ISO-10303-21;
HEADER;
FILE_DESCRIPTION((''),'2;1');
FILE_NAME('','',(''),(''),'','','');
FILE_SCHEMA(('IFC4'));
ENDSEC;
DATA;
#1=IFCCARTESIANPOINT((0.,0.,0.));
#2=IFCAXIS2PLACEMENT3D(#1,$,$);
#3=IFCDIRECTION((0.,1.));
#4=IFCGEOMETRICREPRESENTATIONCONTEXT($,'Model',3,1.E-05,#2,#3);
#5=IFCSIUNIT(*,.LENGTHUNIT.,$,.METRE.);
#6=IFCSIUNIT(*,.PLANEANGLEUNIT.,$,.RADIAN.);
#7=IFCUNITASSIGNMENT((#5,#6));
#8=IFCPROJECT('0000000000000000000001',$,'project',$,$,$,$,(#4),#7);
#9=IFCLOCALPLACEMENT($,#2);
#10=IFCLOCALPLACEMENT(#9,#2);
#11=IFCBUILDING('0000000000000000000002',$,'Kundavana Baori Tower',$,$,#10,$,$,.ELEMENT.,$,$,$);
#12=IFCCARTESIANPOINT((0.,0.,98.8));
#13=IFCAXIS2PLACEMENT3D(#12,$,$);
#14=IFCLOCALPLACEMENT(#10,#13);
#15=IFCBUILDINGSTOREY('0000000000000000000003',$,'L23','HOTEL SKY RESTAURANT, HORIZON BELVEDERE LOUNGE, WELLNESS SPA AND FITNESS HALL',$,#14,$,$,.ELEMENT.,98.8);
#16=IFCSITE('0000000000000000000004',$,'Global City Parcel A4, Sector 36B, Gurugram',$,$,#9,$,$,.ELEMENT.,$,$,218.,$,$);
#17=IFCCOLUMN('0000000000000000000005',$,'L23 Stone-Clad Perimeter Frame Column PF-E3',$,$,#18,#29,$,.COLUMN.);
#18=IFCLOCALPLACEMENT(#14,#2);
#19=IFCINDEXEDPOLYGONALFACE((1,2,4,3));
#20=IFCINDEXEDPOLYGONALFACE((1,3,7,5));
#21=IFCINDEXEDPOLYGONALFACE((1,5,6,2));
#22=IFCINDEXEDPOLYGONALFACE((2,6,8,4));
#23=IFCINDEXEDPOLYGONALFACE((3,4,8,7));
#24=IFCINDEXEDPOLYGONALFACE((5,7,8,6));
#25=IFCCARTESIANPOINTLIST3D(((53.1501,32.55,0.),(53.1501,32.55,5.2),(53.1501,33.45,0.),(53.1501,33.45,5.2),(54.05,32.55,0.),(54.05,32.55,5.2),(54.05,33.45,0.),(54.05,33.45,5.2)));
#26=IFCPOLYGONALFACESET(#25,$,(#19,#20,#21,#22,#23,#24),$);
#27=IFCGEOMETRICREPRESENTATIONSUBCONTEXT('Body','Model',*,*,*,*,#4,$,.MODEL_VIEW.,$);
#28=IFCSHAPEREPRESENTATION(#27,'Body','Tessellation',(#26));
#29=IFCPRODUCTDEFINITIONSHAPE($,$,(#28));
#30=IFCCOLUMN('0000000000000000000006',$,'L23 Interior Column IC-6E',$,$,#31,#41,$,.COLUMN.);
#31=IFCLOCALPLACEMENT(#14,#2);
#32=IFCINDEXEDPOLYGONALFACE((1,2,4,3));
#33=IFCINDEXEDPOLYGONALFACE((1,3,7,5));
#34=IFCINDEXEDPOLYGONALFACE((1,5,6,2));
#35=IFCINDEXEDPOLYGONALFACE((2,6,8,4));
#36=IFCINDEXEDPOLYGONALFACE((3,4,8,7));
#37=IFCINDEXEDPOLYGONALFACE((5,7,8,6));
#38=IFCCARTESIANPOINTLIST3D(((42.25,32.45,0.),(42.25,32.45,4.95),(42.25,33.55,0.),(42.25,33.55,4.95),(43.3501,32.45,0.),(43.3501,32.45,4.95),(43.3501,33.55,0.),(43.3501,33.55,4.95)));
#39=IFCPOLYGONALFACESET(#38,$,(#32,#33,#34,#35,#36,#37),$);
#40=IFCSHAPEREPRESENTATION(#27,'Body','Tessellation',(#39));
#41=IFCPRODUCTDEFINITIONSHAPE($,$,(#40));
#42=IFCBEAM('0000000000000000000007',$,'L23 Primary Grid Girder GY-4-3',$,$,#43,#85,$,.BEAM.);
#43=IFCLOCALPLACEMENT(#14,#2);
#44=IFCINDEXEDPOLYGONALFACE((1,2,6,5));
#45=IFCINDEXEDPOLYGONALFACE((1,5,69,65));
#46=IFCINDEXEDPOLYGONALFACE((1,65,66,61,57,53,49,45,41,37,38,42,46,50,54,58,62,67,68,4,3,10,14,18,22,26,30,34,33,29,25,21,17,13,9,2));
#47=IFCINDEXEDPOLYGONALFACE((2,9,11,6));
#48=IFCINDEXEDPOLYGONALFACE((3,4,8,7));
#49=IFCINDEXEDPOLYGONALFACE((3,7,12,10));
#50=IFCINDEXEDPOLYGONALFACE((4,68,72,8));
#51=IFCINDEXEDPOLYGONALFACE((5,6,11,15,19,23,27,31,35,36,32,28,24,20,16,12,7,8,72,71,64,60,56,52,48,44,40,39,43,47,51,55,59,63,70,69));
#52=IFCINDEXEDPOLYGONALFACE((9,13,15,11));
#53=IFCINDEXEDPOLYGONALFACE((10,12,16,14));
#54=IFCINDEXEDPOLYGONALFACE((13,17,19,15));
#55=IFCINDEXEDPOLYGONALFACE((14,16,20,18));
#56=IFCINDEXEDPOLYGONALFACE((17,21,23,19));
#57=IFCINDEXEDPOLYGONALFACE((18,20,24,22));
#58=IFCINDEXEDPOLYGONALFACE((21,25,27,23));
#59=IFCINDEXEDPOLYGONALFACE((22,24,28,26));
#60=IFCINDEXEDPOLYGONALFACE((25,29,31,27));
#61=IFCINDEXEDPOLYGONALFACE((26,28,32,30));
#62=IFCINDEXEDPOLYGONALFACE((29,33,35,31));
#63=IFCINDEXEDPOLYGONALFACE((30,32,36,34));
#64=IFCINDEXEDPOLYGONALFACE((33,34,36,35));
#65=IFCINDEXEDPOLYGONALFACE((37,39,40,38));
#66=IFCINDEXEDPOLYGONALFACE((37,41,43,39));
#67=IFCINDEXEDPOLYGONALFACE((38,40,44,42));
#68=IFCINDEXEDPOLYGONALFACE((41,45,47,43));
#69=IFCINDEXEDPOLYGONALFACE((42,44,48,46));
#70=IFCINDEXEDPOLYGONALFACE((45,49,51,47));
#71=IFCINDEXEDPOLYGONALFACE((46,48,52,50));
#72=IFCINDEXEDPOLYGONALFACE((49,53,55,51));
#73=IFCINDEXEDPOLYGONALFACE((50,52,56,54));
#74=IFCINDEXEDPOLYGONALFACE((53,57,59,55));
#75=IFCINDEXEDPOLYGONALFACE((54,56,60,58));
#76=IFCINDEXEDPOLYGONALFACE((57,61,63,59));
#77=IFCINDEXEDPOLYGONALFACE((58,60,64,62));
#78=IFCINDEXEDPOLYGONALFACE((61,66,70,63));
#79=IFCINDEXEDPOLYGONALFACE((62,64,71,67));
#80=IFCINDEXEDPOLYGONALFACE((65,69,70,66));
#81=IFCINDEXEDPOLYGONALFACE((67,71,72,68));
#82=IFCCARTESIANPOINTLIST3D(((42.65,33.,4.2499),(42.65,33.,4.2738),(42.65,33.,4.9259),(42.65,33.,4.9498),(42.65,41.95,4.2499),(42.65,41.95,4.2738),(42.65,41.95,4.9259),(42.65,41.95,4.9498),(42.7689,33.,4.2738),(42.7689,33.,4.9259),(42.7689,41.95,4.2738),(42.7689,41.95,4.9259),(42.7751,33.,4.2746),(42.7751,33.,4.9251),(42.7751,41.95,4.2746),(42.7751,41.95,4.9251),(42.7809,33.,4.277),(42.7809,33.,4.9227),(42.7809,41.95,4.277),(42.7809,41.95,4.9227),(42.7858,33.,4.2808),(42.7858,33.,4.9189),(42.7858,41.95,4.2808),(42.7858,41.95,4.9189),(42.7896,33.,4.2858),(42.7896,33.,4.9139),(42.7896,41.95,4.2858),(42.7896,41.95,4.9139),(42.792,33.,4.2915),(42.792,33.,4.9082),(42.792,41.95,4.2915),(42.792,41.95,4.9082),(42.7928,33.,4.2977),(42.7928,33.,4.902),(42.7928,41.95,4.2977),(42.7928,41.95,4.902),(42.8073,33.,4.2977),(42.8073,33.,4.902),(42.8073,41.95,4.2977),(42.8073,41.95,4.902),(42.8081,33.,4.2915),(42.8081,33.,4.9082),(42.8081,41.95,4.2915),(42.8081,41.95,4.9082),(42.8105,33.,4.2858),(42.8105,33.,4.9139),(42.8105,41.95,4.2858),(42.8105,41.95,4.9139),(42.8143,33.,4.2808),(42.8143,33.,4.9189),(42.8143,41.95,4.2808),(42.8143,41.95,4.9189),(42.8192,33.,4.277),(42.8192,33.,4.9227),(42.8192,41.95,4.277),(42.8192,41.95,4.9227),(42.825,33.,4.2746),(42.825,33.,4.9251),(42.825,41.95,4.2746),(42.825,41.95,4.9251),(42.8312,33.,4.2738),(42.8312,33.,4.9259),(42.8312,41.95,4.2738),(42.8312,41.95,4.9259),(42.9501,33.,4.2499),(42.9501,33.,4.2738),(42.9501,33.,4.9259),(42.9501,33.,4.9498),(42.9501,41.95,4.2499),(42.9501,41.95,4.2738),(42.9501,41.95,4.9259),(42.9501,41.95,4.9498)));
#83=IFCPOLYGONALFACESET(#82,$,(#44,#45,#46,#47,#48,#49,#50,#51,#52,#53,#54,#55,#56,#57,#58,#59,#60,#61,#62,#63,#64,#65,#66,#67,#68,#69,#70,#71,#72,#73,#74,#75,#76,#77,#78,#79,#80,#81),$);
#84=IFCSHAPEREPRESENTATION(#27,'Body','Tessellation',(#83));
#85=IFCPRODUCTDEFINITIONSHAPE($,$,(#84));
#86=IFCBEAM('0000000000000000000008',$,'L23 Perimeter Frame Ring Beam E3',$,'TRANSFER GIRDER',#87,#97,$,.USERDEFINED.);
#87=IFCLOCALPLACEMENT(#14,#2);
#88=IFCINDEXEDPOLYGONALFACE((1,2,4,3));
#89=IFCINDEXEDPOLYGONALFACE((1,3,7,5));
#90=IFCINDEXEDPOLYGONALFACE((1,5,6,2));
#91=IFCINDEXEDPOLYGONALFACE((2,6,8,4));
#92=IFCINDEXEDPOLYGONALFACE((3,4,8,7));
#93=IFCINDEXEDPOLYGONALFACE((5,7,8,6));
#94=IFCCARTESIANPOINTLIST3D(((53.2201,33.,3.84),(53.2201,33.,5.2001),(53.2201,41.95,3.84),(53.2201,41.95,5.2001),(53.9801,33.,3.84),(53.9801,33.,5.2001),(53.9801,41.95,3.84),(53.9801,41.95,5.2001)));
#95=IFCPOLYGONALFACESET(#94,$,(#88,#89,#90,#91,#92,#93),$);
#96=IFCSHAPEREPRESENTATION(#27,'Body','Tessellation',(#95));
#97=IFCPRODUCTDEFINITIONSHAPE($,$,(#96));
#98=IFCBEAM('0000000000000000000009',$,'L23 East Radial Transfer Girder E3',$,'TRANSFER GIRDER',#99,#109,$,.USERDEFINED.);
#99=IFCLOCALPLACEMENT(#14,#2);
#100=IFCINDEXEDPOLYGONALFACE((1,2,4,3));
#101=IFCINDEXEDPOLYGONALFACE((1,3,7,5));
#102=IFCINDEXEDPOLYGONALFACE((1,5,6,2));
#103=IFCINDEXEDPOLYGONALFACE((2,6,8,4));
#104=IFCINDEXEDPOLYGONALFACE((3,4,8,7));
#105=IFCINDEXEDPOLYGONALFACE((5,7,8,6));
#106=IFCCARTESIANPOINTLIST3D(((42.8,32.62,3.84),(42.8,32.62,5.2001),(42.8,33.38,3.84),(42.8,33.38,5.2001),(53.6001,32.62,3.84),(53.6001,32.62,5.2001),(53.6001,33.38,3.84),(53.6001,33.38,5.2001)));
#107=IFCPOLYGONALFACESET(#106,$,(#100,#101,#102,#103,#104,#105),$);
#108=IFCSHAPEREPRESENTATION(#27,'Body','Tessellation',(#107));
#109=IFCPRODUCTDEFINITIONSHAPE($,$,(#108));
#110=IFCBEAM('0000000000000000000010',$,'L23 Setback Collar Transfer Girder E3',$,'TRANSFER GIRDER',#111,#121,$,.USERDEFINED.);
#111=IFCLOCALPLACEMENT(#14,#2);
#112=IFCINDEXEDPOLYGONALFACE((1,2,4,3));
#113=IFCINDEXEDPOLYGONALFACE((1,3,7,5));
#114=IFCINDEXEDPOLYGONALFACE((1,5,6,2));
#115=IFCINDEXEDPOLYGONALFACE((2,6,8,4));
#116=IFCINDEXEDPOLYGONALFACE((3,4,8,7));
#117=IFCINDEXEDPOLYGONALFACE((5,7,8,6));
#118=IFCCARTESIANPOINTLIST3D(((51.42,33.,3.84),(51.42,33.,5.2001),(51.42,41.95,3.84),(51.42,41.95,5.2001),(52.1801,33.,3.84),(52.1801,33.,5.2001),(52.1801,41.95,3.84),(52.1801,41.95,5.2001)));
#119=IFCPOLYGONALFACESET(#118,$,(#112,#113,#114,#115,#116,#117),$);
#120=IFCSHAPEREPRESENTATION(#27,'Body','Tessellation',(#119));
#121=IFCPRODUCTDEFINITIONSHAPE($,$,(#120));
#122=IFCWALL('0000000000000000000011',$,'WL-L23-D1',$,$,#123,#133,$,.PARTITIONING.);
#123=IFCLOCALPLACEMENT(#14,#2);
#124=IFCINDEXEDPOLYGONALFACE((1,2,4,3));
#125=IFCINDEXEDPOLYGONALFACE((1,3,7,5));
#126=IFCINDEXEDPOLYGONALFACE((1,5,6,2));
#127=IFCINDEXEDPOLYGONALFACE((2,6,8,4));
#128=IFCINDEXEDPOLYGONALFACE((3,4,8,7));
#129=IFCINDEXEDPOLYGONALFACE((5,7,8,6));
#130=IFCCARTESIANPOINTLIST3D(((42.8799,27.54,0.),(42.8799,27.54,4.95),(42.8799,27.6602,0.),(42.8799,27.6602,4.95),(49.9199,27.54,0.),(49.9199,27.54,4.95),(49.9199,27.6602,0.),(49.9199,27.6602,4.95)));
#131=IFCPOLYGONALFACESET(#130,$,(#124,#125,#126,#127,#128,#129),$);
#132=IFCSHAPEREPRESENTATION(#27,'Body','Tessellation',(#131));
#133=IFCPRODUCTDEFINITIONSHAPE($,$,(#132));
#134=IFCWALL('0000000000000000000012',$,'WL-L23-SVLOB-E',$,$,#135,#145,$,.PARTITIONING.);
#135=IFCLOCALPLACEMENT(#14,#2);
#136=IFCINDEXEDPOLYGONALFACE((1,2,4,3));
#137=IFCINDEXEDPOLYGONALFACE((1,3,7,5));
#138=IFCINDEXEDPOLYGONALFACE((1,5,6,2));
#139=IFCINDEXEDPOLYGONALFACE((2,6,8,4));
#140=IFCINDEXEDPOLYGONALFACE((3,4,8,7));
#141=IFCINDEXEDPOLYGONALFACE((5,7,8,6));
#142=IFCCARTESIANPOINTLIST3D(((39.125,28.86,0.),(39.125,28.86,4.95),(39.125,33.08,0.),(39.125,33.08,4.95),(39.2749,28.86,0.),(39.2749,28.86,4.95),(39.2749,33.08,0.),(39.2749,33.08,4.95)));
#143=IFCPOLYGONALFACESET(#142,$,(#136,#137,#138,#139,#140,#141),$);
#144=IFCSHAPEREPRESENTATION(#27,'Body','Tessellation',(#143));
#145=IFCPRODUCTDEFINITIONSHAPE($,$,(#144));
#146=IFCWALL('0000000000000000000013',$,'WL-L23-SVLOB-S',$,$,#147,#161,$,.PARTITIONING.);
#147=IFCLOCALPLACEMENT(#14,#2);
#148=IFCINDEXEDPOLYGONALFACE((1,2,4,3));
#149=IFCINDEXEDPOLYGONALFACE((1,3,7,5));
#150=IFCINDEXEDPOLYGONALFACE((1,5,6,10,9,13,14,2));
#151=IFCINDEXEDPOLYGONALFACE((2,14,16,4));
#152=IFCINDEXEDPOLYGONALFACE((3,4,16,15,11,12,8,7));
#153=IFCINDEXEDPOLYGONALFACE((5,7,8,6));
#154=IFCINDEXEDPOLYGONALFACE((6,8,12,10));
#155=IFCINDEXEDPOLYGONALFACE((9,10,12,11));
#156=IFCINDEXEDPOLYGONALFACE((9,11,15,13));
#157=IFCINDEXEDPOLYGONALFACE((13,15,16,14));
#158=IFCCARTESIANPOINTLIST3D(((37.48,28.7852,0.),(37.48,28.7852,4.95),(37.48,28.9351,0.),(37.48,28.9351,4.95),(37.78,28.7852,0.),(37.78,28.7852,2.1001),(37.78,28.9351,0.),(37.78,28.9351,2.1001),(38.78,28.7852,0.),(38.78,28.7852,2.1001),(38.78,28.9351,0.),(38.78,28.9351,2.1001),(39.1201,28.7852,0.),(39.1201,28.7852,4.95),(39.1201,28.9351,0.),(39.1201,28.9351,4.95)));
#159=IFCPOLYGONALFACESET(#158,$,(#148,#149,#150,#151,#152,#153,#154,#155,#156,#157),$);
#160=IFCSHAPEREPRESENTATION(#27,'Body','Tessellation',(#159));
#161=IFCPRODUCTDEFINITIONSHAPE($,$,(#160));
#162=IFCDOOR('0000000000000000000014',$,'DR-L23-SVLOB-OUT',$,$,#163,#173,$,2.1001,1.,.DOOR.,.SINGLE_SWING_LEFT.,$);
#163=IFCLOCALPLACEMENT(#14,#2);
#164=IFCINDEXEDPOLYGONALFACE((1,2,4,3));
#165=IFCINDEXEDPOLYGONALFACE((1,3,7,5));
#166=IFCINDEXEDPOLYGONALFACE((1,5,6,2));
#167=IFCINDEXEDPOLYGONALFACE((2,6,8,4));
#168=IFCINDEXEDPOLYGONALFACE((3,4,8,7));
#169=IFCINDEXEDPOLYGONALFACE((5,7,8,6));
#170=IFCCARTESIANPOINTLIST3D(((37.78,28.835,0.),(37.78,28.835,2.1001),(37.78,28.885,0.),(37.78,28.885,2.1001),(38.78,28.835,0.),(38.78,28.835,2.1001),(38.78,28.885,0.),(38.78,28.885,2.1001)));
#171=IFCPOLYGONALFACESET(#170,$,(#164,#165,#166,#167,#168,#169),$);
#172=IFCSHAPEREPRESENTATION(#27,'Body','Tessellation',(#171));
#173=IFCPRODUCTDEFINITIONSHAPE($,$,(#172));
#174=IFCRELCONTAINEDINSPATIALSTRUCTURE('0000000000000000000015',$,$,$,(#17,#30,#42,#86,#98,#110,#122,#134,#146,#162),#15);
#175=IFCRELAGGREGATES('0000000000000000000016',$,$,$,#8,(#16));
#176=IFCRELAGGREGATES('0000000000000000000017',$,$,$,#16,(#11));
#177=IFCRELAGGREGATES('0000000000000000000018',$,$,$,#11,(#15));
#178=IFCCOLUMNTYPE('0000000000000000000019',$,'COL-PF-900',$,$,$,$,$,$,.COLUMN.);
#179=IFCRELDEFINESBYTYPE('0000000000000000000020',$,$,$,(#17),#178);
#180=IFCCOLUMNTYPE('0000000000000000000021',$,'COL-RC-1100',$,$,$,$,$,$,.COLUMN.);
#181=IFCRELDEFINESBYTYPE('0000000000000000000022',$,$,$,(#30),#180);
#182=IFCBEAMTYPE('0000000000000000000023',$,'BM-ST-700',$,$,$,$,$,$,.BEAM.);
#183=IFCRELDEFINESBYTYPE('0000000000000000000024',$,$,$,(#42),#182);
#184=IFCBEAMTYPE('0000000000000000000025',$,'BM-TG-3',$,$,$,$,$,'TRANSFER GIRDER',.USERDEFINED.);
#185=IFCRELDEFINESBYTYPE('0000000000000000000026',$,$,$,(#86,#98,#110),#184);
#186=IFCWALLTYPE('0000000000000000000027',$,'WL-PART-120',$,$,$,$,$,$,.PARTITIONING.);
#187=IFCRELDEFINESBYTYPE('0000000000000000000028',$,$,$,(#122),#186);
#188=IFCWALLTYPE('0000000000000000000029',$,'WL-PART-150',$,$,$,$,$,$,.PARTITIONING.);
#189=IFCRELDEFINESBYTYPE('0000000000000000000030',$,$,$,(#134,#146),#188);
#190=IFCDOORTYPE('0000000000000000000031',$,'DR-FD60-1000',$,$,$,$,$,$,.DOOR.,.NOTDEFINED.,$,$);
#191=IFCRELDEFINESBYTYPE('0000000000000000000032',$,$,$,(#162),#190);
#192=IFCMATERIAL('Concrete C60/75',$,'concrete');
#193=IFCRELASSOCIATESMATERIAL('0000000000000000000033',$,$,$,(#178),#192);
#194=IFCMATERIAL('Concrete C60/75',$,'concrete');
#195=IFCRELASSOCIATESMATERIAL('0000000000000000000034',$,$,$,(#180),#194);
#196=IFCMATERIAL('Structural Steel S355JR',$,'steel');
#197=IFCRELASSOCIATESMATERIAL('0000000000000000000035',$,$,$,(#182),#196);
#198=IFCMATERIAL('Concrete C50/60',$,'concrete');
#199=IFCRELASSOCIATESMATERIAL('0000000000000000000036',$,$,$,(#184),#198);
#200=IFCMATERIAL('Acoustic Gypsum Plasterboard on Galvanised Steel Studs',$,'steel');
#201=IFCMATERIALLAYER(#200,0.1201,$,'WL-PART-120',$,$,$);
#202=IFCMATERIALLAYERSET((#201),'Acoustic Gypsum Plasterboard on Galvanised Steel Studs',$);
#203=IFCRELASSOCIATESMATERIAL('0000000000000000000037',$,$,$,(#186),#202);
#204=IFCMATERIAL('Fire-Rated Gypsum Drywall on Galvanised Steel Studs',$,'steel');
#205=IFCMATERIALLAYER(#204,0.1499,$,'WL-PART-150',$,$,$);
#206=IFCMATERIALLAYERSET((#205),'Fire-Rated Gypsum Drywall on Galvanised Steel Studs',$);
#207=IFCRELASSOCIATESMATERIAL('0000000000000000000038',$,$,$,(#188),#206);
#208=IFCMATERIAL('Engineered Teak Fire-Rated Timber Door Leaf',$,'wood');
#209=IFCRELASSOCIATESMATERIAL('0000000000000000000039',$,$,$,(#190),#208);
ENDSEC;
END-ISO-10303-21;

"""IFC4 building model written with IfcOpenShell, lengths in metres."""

from ifc_helpers import new_model, si_unit, direction, frame, frame_2d, origin, origin_2d, place, context, subcontext, project, spatial, rectangle, i_section, extrude, material, layer, layer_set, material_profile, profile_set, type_object, element, fill, save


model = new_model("IFC4")

# Units and contexts
model_context = context("Model", 3, precision=1e-05, world=origin(), true_north=direction((0.0, 1.0)))
body_context = subcontext(model_context, "Body", "Model", "MODEL_VIEW")
ifc_project = project(units=[si_unit("LENGTHUNIT", "METRE"), si_unit("PLANEANGLEUNIT", "RADIAN")], contexts=[model_context])

# Site, building, storey
site_placement = place(None, origin())
site = spatial("IfcSite", under=ifc_project, at=site_placement, Name="Global City Parcel A4, Sector 36B, Gurugram", CompositionType="ELEMENT", RefElevation=218.0)
building_placement = place(site_placement, origin())
building = spatial("IfcBuilding", under=site, at=building_placement, Name="Kundavana Baori Tower", CompositionType="ELEMENT")
storey_placement = place(building_placement, frame((0.0, 0.0, 98.8)))
storey = spatial("IfcBuildingStorey", under=building, at=storey_placement, Name="L23", Description="HOTEL SKY RESTAURANT, HORIZON BELVEDERE LOUNGE, WELLNESS SPA AND FITNESS HALL", CompositionType="ELEMENT", Elevation=98.8)

# Columns
ifc_material_1 = material(Name="Concrete C60/75", Category="concrete")
ifc_material_profile_1 = material_profile(ifc_material_1, rectangle(XDim=0.8999, YDim=0.8999, at=origin_2d()), Name="RC PF 900x900")
ifc_profile_set_1 = profile_set([ifc_material_profile_1], Name="Concrete C60/75")
column_type_1 = type_object("IfcColumnType", Name="COL-PF-900", PredefinedType="COLUMN", material=ifc_profile_set_1)
column_1_placement = place(storey_placement, frame((53.6001, 33.0, 0.0), z_axis=(0.0, 0.0, 1.0), x_axis=(1.0, 0.0, 0.0)))
element("IfcColumn", 1, at=column_1_placement, inside=storey, type_object=column_type_1, Name="L23 Stone-Clad Perimeter Frame Column PF-E3", PredefinedType="COLUMN", context=body_context, shape_type="SweptSolid", body=[
    extrude(rectangle(XDim=0.8999, YDim=0.8999, at=origin_2d()), origin(), (0.0, 0.0, 1.0), 5.2),
])
ifc_material_2 = material(Name="Concrete C60/75", Category="concrete")
ifc_material_profile_2 = material_profile(ifc_material_2, rectangle(XDim=1.1001, YDim=1.1001, at=origin_2d()), Name="RC 1100x1100")
ifc_profile_set_2 = profile_set([ifc_material_profile_2], Name="Concrete C60/75")
column_type_2 = type_object("IfcColumnType", Name="COL-RC-1100", PredefinedType="COLUMN", material=ifc_profile_set_2)
column_2_placement = place(storey_placement, frame((42.8, 33.0, 0.0), z_axis=(0.0, 0.0, 1.0), x_axis=(1.0, 0.0, 0.0)))
element("IfcColumn", 2, at=column_2_placement, inside=storey, type_object=column_type_2, Name="L23 Interior Column IC-6E", PredefinedType="COLUMN", context=body_context, shape_type="SweptSolid", body=[
    extrude(rectangle(XDim=1.1001, YDim=1.1001, at=origin_2d()), origin(), (0.0, 0.0, 1.0), 4.95),
])

# Beams
ifc_material_3 = material(Name="Structural Steel S355JR", Category="steel")
ifc_material_profile_3 = material_profile(ifc_material_3, i_section(OverallWidth=0.3, OverallDepth=0.7, WebThickness=0.0144, FlangeThickness=0.0239, FilletRadius=0.0239, at=origin_2d()), Name="NPB 700x300x170")
ifc_profile_set_3 = profile_set([ifc_material_profile_3], Name="Structural Steel S355JR")
beam_type_1 = type_object("IfcBeamType", Name="BM-ST-700", PredefinedType="BEAM", material=ifc_profile_set_3)
beam_1_placement = place(storey_placement, frame((42.8, 33.0, 4.5999), z_axis=(0.0, 1.0, 0.0), x_axis=(-1.0, 0.0, 0.0)))
element("IfcBeam", 3, at=beam_1_placement, inside=storey, type_object=beam_type_1, Name="L23 Primary Grid Girder GY-4-3", PredefinedType="BEAM", context=body_context, shape_type="SweptSolid", body=[
    extrude(i_section(OverallWidth=0.3, OverallDepth=0.7, WebThickness=0.0144, FlangeThickness=0.0239, FilletRadius=0.0239, at=origin_2d()), origin(), (0.0, 0.0, 1.0), 8.95),
])
ifc_material_4 = material(Name="Concrete C50/60", Category="concrete")
ifc_material_profile_4 = material_profile(ifc_material_4, rectangle(XDim=0.76, YDim=1.3601, at=origin_2d()), Name="BM-TG-3")
ifc_profile_set_4 = profile_set([ifc_material_profile_4], Name="Concrete C50/60")
beam_type_2 = type_object("IfcBeamType", Name="BM-TG-3", ElementType="TRANSFER GIRDER", PredefinedType="USERDEFINED", material=ifc_profile_set_4)
beam_2_placement = place(storey_placement, frame((53.6001, 33.0, 4.52), z_axis=(0.0, 1.0, 0.0), x_axis=(-1.0, 0.0, 0.0)))
element("IfcBeam", 4, at=beam_2_placement, inside=storey, type_object=beam_type_2, Name="L23 Perimeter Frame Ring Beam E3", ObjectType="TRANSFER GIRDER", PredefinedType="USERDEFINED", context=body_context, shape_type="SweptSolid", body=[
    extrude(rectangle(XDim=0.76, YDim=1.3601, at=origin_2d()), origin(), (0.0, 0.0, 1.0), 8.95),
])
beam_3_placement = place(storey_placement, frame((42.8, 33.0, 4.52), z_axis=(1.0, 0.0, 0.0), x_axis=(0.0, 1.0, 0.0)))
element("IfcBeam", 5, at=beam_3_placement, inside=storey, type_object=beam_type_2, Name="L23 East Radial Transfer Girder E3", ObjectType="TRANSFER GIRDER", PredefinedType="USERDEFINED", context=body_context, shape_type="SweptSolid", body=[
    extrude(rectangle(XDim=0.76, YDim=1.3601, at=origin_2d()), origin(), (0.0, 0.0, 1.0), 10.8),
])
beam_4_placement = place(storey_placement, frame((51.8, 33.0, 4.52), z_axis=(0.0, 1.0, 0.0), x_axis=(-1.0, 0.0, 0.0)))
element("IfcBeam", 6, at=beam_4_placement, inside=storey, type_object=beam_type_2, Name="L23 Setback Collar Transfer Girder E3", ObjectType="TRANSFER GIRDER", PredefinedType="USERDEFINED", context=body_context, shape_type="SweptSolid", body=[
    extrude(rectangle(XDim=0.76, YDim=1.3601, at=origin_2d()), origin(), (0.0, 0.0, 1.0), 8.95),
])

# Walls
ifc_material_5 = material(Name="Acoustic Gypsum Plasterboard on Galvanised Steel Studs", Category="steel")
ifc_layer_1 = layer(ifc_material_5, 0.1201, Name="WL-PART-120")
ifc_layer_set_1 = layer_set([ifc_layer_1], Name="Acoustic Gypsum Plasterboard on Galvanised Steel Studs")
wall_type_1 = type_object("IfcWallType", Name="WL-PART-120", PredefinedType="PARTITIONING", material=ifc_layer_set_1)
wall_1_placement = place(storey_placement, frame((42.8799, 27.6001, 0.0), z_axis=(0.0, 0.0, 1.0), x_axis=(1.0, 0.0, 0.0)))
element("IfcWall", 7, at=wall_1_placement, inside=storey, type_object=wall_type_1, Name="WL-L23-D1", PredefinedType="PARTITIONING", context=body_context, shape_type="SweptSolid", body=[
    extrude(rectangle(XDim=7.04, YDim=0.1201, at=frame_2d((3.52, 0.0))), origin(), (0.0, 0.0, 1.0), 4.95),
])
ifc_material_6 = material(Name="Fire-Rated Gypsum Drywall on Galvanised Steel Studs", Category="steel")
ifc_layer_2 = layer(ifc_material_6, 0.1499, Name="WL-PART-150")
ifc_layer_set_2 = layer_set([ifc_layer_2], Name="Fire-Rated Gypsum Drywall on Galvanised Steel Studs")
wall_type_2 = type_object("IfcWallType", Name="WL-PART-150", PredefinedType="PARTITIONING", material=ifc_layer_set_2)
wall_2_placement = place(storey_placement, frame((39.2, 28.8601, 0.0), z_axis=(0.0, 0.0, 1.0), x_axis=(0.0, 1.0, 0.0)))
element("IfcWall", 8, at=wall_2_placement, inside=storey, type_object=wall_type_2, Name="WL-L23-SVLOB-E", PredefinedType="PARTITIONING", context=body_context, shape_type="SweptSolid", body=[
    extrude(rectangle(XDim=4.22, YDim=0.1499, at=frame_2d((2.1099, 0.0))), origin(), (0.0, 0.0, 1.0), 4.95),
])

# Wall, opening, door
wall_3_placement = place(storey_placement, frame((37.48, 28.8601, 0.0), z_axis=(0.0, 0.0, 1.0), x_axis=(1.0, 0.0, 0.0)))
wall_3 = element("IfcWall", 9, at=wall_3_placement, inside=storey, type_object=wall_type_2, Name="WL-L23-SVLOB-S", PredefinedType="PARTITIONING", context=body_context, shape_type="SweptSolid", body=[
    extrude(rectangle(XDim=1.6401, YDim=0.1499, at=frame_2d((0.8201, 0.0))), origin(), (0.0, 0.0, 1.0), 4.95),
])
opening_1_placement = place(wall_3_placement, frame((0.3, 0.0, 0.0)))
opening_1 = element("IfcOpeningElement", 10, at=opening_1_placement, cuts=wall_3, PredefinedType="OPENING", context=body_context, shape_type="SweptSolid", body=[
    extrude(rectangle(XDim=1.0, YDim=2.1001, at=frame_2d((0.5, 1.05))), frame((0.0, 0.085, 0.0), z_axis=(0.0, -1.0, 0.0), x_axis=(1.0, 0.0, 0.0)), (0.0, 0.0, 1.0), 0.1699),
])
ifc_material_7 = material(Name="Engineered Teak Fire-Rated Timber Door Leaf", Category="wood")
door_type_1 = type_object("IfcDoorType", Name="DR-FD60-1000", OperationType="NOTDEFINED", PredefinedType="DOOR", material=ifc_material_7)
door_1_placement = place(opening_1_placement, origin())
door_1 = element("IfcDoor", 11, at=door_1_placement, inside=storey, type_object=door_type_1, Name="DR-L23-SVLOB-OUT", OperationType="SINGLE_SWING_LEFT", OverallHeight=2.1001, OverallWidth=1.0, PredefinedType="DOOR", context=body_context, shape_type="SweptSolid", body=[
    extrude(rectangle(XDim=1.0, YDim=2.1001, at=frame_2d((0.5, 1.05))), frame((0.0, 0.0249, 0.0), z_axis=(0.0, -1.0, 0.0), x_axis=(1.0, 0.0, 0.0)), (0.0, 0.0, 1.0), 0.05),
])
fill(opening_1, door_1)

save(model, "model.ifc")
